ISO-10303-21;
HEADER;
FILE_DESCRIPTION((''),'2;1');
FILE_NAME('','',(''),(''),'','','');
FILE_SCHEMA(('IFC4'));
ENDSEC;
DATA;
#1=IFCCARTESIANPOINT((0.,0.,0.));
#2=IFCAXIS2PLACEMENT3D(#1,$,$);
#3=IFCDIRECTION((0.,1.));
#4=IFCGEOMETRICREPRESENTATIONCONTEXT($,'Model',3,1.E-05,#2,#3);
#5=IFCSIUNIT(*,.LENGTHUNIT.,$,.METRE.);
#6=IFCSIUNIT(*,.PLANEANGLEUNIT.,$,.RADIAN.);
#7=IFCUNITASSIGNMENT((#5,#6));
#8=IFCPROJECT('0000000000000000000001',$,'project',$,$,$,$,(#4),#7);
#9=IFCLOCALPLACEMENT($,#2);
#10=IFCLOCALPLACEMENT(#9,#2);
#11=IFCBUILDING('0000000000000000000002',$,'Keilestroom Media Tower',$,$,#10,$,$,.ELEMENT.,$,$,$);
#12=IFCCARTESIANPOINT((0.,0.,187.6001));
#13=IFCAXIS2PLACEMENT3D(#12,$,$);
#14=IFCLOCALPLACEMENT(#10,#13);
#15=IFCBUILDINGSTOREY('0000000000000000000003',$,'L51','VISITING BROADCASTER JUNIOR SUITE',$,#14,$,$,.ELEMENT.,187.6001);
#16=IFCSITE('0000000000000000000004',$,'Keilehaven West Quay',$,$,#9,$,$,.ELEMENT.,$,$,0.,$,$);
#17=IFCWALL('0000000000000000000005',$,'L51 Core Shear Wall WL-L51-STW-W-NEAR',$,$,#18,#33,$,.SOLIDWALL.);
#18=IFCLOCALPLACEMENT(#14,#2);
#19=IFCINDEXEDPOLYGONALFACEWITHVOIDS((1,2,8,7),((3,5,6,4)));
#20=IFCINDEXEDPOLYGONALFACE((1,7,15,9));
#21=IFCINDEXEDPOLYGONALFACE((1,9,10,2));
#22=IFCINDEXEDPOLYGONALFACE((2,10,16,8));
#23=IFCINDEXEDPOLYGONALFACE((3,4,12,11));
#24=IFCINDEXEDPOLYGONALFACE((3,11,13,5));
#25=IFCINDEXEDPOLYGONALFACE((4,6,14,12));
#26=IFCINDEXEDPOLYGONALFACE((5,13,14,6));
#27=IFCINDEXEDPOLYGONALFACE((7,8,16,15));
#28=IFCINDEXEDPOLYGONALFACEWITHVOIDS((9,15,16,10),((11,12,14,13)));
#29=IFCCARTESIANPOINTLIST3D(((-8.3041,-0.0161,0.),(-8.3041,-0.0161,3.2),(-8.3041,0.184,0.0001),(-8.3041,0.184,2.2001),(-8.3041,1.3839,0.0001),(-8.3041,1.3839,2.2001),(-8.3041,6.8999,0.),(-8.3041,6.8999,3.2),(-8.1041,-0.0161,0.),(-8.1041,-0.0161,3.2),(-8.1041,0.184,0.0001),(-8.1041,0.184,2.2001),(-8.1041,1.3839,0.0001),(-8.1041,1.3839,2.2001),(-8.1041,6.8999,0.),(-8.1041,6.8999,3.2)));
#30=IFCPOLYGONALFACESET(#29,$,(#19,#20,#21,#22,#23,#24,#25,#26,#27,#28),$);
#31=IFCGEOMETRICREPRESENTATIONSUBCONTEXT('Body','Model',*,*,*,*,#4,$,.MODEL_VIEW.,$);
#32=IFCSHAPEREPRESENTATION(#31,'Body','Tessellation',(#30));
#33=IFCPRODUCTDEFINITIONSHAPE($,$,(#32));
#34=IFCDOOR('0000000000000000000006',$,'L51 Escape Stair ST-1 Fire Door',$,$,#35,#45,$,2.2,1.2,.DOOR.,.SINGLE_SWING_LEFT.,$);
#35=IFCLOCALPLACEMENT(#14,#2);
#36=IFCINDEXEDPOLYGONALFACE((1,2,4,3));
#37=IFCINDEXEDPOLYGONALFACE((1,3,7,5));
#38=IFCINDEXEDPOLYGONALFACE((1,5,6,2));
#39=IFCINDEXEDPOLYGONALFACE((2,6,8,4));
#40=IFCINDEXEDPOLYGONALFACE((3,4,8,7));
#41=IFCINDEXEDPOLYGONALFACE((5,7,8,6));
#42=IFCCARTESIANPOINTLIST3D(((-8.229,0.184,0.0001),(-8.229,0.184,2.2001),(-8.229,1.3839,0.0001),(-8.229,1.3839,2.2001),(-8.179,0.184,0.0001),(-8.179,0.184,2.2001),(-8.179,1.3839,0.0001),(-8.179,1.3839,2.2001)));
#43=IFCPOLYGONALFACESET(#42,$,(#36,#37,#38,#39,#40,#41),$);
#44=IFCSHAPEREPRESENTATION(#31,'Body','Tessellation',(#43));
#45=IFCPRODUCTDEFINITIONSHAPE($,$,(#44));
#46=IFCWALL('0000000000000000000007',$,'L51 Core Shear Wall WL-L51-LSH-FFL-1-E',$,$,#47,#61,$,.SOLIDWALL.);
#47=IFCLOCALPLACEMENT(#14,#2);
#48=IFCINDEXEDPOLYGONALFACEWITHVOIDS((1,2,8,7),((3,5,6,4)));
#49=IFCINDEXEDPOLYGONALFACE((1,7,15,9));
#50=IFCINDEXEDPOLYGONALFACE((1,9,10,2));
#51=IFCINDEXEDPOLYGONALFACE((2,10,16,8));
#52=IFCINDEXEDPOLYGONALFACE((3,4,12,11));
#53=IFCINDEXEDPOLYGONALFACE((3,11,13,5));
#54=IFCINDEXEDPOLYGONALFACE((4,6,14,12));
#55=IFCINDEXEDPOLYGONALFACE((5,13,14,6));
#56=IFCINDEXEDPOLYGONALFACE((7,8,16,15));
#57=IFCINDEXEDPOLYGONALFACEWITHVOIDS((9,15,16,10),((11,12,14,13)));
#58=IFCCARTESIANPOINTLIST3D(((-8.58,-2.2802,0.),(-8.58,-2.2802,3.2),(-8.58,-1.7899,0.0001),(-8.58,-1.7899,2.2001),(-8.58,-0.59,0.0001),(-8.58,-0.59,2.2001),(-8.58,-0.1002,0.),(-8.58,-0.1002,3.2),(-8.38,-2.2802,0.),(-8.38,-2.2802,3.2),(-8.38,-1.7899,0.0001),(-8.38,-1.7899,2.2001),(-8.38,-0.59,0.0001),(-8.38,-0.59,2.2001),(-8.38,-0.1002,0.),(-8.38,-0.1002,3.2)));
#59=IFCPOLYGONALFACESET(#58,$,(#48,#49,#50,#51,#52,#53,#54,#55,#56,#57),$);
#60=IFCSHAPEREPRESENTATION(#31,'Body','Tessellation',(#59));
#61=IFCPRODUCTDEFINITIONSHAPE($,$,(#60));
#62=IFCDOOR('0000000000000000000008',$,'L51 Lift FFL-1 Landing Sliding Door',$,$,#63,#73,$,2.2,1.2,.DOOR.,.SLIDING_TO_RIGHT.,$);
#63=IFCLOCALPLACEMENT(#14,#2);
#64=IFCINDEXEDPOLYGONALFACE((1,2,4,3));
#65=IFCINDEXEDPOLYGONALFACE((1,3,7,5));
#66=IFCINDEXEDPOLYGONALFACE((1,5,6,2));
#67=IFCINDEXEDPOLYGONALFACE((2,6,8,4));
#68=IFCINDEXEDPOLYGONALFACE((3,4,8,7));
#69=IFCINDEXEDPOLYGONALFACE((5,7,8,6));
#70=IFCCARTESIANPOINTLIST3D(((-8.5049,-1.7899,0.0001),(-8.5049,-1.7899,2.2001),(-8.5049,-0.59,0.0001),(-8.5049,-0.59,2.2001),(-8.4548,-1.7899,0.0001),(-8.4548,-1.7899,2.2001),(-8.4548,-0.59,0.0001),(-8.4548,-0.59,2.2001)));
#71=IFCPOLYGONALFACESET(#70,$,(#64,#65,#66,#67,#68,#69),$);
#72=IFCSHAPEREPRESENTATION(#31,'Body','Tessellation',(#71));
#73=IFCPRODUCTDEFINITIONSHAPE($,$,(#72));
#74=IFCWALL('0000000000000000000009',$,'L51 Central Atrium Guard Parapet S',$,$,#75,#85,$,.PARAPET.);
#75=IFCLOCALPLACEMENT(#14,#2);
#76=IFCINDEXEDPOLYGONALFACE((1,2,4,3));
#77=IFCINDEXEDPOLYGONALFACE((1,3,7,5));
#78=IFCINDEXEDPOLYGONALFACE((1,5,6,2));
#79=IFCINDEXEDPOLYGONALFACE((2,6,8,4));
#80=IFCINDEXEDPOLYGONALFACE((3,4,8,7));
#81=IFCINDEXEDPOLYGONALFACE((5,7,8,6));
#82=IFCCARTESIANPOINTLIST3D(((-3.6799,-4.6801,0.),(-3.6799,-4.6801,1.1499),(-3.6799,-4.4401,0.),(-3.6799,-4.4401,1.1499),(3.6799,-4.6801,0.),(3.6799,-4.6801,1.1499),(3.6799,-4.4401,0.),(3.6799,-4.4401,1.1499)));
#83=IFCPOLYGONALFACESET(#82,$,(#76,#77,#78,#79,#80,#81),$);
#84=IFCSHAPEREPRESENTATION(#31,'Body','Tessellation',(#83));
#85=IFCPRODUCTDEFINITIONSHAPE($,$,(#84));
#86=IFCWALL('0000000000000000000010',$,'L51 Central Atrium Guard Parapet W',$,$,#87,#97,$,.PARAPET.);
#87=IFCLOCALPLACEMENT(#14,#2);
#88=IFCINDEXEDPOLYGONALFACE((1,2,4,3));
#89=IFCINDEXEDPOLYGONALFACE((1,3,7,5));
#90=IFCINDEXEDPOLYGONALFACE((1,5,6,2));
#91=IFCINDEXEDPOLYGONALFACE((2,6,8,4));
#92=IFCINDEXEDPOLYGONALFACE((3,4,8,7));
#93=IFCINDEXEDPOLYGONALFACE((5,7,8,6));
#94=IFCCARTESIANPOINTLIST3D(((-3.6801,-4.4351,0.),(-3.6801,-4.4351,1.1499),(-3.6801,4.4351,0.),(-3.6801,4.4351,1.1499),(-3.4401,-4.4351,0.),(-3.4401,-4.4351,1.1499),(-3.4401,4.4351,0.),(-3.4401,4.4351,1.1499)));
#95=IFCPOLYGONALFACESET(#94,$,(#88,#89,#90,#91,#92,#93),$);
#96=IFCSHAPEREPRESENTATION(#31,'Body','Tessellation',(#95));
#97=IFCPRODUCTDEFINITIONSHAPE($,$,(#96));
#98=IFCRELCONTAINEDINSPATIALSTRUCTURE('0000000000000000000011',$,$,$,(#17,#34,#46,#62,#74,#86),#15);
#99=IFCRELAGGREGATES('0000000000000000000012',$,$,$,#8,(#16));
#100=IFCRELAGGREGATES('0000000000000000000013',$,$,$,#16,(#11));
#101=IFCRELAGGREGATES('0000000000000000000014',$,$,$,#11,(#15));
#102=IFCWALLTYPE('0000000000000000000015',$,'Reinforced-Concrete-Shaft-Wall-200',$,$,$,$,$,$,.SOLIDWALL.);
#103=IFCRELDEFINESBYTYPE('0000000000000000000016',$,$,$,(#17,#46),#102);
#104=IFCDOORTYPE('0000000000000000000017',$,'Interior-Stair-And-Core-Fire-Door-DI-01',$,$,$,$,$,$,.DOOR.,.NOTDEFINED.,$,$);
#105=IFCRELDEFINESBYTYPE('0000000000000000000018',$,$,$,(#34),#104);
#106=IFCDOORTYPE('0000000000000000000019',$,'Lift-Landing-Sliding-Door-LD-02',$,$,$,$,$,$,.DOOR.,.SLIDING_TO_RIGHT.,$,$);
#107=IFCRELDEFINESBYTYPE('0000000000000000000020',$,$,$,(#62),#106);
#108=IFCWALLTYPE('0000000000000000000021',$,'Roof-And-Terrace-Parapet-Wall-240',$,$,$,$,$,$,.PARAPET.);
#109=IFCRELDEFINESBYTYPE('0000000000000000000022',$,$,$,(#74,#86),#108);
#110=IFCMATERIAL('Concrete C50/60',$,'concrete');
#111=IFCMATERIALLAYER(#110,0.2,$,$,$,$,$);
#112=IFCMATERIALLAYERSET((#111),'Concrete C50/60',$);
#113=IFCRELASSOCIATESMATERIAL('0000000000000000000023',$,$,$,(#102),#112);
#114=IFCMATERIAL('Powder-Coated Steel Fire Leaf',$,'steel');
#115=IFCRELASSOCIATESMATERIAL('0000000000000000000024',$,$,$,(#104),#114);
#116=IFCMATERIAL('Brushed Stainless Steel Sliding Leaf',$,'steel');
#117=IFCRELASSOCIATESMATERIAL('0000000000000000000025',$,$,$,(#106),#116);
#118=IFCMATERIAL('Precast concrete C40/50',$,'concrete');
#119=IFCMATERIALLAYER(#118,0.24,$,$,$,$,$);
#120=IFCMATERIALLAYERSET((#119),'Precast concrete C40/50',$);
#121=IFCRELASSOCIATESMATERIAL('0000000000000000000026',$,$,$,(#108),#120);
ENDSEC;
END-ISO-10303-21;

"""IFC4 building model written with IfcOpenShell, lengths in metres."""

from ifc_helpers import new_model, si_unit, direction, frame, frame_2d, origin, place, context, subcontext, project, spatial, rectangle, extrude, source, transform, mapped, material, layer, layer_set, type_object, element, fill, save


model = new_model("IFC4")

# Units and contexts
model_context = context("Model", 3, precision=1e-05, world=origin(), true_north=direction((0.0, 1.0)))
body_context = subcontext(model_context, "Body", "Model", "MODEL_VIEW")
ifc_project = project(units=[si_unit("LENGTHUNIT", "METRE"), si_unit("PLANEANGLEUNIT", "RADIAN")], contexts=[model_context])

# Site, building, storey
site_placement = place(None, origin())
site = spatial("IfcSite", under=ifc_project, at=site_placement, Name="Keilehaven West Quay", CompositionType="ELEMENT", RefElevation=0.0)
building_placement = place(site_placement, origin())
building = spatial("IfcBuilding", under=site, at=building_placement, Name="Keilestroom Media Tower", CompositionType="ELEMENT")
storey_placement = place(building_placement, frame((0.0, 0.0, 187.6001)))
storey = spatial("IfcBuildingStorey", under=building, at=storey_placement, Name="L51", Description="VISITING BROADCASTER JUNIOR SUITE", CompositionType="ELEMENT", Elevation=187.6001)

# Shared definitions
ifc_material_1 = material(Name="Powder-Coated Steel Fire Leaf", Category="steel")
shared_shape_1 = source(origin(), body_context, "Body", "SweptSolid", [
    extrude(rectangle(XDim=1.2, YDim=2.2, at=frame_2d((0.6001, 1.1001))), frame((0.0, 0.0249, 0.0), z_axis=(0.0, -1.0, 0.0), x_axis=(1.0, 0.0, 0.0)), (0.0, 0.0, 1.0), 0.05),
])

# Shared definitions
ifc_material_2 = material(Name="Concrete C50/60", Category="concrete")
ifc_layer_1 = layer(ifc_material_2, 0.2)
ifc_layer_set_1 = layer_set([ifc_layer_1], Name="Concrete C50/60")
wall_type_1 = type_object("IfcWallType", Name="Reinforced-Concrete-Shaft-Wall-200", PredefinedType="SOLIDWALL", material=ifc_layer_set_1)

# Walls, openings, doors
wall_1_placement = place(storey_placement, frame((-8.2041, -0.0161, 0.0), z_axis=(0.0, 0.0, 1.0), x_axis=(0.0, 1.0, 0.0)))
wall_1 = element("IfcWall", 1, at=wall_1_placement, inside=storey, type_object=wall_type_1, Name="L51 Core Shear Wall WL-L51-STW-W-NEAR", PredefinedType="SOLIDWALL", context=body_context, shape_type="SweptSolid", body=[
    extrude(rectangle(XDim=6.916, YDim=0.2, at=frame_2d((3.458, 0.0))), origin(), (0.0, 0.0, 1.0), 3.2),
])
opening_1_placement = place(wall_1_placement, frame((0.2, 0.0, 0.0)))
opening_1 = element("IfcOpeningElement", 2, at=opening_1_placement, cuts=wall_1, PredefinedType="OPENING", context=body_context, shape_type="SweptSolid", body=[
    extrude(rectangle(XDim=1.2, YDim=2.2, at=frame_2d((0.6001, 1.1001))), frame((0.0, 0.1099, 0.0), z_axis=(0.0, -1.0, 0.0), x_axis=(1.0, 0.0, 0.0)), (0.0, 0.0, 1.0), 0.22),
])
door_type_1 = type_object("IfcDoorType", Name="Interior-Stair-And-Core-Fire-Door-DI-01", OperationType="NOTDEFINED", PredefinedType="DOOR", material=ifc_material_1)
door_1_placement = place(opening_1_placement, origin())
door_1 = element("IfcDoor", 3, at=door_1_placement, inside=storey, type_object=door_type_1, Name="L51 Escape Stair ST-1 Fire Door", OperationType="SINGLE_SWING_LEFT", OverallHeight=2.2, OverallWidth=1.2, PredefinedType="DOOR", context=body_context, shape_type="MappedRepresentation", body=[
    mapped(shared_shape_1, transform((0.0, 0.0, 0.0), x_axis=(1.0, 0.0, 0.0), y_axis=(0.0, 1.0, 0.0), z_axis=(0.0, 0.0, 1.0), scale=1.0)),
])
fill(opening_1, door_1)
wall_2_placement = place(storey_placement, frame((-8.48, -2.28, 0.0), z_axis=(0.0, 0.0, 1.0), x_axis=(0.0, 1.0, 0.0)))
wall_2 = element("IfcWall", 4, at=wall_2_placement, inside=storey, type_object=wall_type_1, Name="L51 Core Shear Wall WL-L51-LSH-FFL-1-E", PredefinedType="SOLIDWALL", context=body_context, shape_type="SweptSolid", body=[
    extrude(rectangle(XDim=2.1799, YDim=0.2, at=frame_2d((1.0898, 0.0))), origin(), (0.0, 0.0, 1.0), 3.2),
])
opening_2_placement = place(wall_2_placement, frame((0.49, 0.0, 0.0)))
opening_2 = element("IfcOpeningElement", 5, at=opening_2_placement, cuts=wall_2, PredefinedType="OPENING", context=body_context, shape_type="SweptSolid", body=[
    extrude(rectangle(XDim=1.2, YDim=2.2, at=frame_2d((0.6001, 1.1001))), frame((0.0, 0.1099, 0.0), z_axis=(0.0, -1.0, 0.0), x_axis=(1.0, 0.0, 0.0)), (0.0, 0.0, 1.0), 0.22),
])
ifc_material_3 = material(Name="Brushed Stainless Steel Sliding Leaf", Category="steel")
door_type_2 = type_object("IfcDoorType", Name="Lift-Landing-Sliding-Door-LD-02", OperationType="SLIDING_TO_RIGHT", PredefinedType="DOOR", material=ifc_material_3)
door_2_placement = place(opening_2_placement, origin())
door_2 = element("IfcDoor", 6, at=door_2_placement, inside=storey, type_object=door_type_2, Name="L51 Lift FFL-1 Landing Sliding Door", OperationType="SLIDING_TO_RIGHT", OverallHeight=2.2, OverallWidth=1.2, PredefinedType="DOOR", context=body_context, shape_type="MappedRepresentation", body=[
    mapped(shared_shape_1, transform((0.0, 0.0, 0.0), x_axis=(1.0, 0.0, 0.0), y_axis=(0.0, 1.0, 0.0), z_axis=(0.0, 0.0, 1.0), scale=1.0)),
])
fill(opening_2, door_2)

# Walls
ifc_material_4 = material(Name="Precast concrete C40/50", Category="concrete")
ifc_layer_2 = layer(ifc_material_4, 0.24)
ifc_layer_set_2 = layer_set([ifc_layer_2], Name="Precast concrete C40/50")
wall_type_2 = type_object("IfcWallType", Name="Roof-And-Terrace-Parapet-Wall-240", PredefinedType="PARAPET", material=ifc_layer_set_2)
wall_3_placement = place(storey_placement, frame((-3.6799, -4.5601, 0.0), z_axis=(0.0, 0.0, 1.0), x_axis=(1.0, 0.0, 0.0)))
element("IfcWall", 7, at=wall_3_placement, inside=storey, type_object=wall_type_2, Name="L51 Central Atrium Guard Parapet S", PredefinedType="PARAPET", context=body_context, shape_type="SweptSolid", body=[
    extrude(rectangle(XDim=7.3599, YDim=0.24, at=frame_2d((3.6799, 0.0))), origin(), (0.0, 0.0, 1.0), 1.1499),
])
wall_4_placement = place(storey_placement, frame((-3.5601, -4.4351, 0.0), z_axis=(0.0, 0.0, 1.0), x_axis=(0.0, 1.0, 0.0)))
element("IfcWall", 8, at=wall_4_placement, inside=storey, type_object=wall_type_2, Name="L51 Central Atrium Guard Parapet W", PredefinedType="PARAPET", context=body_context, shape_type="SweptSolid", body=[
    extrude(rectangle(XDim=8.8701, YDim=0.24, at=frame_2d((4.4351, 0.0))), origin(), (0.0, 0.0, 1.0), 1.1499),
])

save(model, "model.ifc")
